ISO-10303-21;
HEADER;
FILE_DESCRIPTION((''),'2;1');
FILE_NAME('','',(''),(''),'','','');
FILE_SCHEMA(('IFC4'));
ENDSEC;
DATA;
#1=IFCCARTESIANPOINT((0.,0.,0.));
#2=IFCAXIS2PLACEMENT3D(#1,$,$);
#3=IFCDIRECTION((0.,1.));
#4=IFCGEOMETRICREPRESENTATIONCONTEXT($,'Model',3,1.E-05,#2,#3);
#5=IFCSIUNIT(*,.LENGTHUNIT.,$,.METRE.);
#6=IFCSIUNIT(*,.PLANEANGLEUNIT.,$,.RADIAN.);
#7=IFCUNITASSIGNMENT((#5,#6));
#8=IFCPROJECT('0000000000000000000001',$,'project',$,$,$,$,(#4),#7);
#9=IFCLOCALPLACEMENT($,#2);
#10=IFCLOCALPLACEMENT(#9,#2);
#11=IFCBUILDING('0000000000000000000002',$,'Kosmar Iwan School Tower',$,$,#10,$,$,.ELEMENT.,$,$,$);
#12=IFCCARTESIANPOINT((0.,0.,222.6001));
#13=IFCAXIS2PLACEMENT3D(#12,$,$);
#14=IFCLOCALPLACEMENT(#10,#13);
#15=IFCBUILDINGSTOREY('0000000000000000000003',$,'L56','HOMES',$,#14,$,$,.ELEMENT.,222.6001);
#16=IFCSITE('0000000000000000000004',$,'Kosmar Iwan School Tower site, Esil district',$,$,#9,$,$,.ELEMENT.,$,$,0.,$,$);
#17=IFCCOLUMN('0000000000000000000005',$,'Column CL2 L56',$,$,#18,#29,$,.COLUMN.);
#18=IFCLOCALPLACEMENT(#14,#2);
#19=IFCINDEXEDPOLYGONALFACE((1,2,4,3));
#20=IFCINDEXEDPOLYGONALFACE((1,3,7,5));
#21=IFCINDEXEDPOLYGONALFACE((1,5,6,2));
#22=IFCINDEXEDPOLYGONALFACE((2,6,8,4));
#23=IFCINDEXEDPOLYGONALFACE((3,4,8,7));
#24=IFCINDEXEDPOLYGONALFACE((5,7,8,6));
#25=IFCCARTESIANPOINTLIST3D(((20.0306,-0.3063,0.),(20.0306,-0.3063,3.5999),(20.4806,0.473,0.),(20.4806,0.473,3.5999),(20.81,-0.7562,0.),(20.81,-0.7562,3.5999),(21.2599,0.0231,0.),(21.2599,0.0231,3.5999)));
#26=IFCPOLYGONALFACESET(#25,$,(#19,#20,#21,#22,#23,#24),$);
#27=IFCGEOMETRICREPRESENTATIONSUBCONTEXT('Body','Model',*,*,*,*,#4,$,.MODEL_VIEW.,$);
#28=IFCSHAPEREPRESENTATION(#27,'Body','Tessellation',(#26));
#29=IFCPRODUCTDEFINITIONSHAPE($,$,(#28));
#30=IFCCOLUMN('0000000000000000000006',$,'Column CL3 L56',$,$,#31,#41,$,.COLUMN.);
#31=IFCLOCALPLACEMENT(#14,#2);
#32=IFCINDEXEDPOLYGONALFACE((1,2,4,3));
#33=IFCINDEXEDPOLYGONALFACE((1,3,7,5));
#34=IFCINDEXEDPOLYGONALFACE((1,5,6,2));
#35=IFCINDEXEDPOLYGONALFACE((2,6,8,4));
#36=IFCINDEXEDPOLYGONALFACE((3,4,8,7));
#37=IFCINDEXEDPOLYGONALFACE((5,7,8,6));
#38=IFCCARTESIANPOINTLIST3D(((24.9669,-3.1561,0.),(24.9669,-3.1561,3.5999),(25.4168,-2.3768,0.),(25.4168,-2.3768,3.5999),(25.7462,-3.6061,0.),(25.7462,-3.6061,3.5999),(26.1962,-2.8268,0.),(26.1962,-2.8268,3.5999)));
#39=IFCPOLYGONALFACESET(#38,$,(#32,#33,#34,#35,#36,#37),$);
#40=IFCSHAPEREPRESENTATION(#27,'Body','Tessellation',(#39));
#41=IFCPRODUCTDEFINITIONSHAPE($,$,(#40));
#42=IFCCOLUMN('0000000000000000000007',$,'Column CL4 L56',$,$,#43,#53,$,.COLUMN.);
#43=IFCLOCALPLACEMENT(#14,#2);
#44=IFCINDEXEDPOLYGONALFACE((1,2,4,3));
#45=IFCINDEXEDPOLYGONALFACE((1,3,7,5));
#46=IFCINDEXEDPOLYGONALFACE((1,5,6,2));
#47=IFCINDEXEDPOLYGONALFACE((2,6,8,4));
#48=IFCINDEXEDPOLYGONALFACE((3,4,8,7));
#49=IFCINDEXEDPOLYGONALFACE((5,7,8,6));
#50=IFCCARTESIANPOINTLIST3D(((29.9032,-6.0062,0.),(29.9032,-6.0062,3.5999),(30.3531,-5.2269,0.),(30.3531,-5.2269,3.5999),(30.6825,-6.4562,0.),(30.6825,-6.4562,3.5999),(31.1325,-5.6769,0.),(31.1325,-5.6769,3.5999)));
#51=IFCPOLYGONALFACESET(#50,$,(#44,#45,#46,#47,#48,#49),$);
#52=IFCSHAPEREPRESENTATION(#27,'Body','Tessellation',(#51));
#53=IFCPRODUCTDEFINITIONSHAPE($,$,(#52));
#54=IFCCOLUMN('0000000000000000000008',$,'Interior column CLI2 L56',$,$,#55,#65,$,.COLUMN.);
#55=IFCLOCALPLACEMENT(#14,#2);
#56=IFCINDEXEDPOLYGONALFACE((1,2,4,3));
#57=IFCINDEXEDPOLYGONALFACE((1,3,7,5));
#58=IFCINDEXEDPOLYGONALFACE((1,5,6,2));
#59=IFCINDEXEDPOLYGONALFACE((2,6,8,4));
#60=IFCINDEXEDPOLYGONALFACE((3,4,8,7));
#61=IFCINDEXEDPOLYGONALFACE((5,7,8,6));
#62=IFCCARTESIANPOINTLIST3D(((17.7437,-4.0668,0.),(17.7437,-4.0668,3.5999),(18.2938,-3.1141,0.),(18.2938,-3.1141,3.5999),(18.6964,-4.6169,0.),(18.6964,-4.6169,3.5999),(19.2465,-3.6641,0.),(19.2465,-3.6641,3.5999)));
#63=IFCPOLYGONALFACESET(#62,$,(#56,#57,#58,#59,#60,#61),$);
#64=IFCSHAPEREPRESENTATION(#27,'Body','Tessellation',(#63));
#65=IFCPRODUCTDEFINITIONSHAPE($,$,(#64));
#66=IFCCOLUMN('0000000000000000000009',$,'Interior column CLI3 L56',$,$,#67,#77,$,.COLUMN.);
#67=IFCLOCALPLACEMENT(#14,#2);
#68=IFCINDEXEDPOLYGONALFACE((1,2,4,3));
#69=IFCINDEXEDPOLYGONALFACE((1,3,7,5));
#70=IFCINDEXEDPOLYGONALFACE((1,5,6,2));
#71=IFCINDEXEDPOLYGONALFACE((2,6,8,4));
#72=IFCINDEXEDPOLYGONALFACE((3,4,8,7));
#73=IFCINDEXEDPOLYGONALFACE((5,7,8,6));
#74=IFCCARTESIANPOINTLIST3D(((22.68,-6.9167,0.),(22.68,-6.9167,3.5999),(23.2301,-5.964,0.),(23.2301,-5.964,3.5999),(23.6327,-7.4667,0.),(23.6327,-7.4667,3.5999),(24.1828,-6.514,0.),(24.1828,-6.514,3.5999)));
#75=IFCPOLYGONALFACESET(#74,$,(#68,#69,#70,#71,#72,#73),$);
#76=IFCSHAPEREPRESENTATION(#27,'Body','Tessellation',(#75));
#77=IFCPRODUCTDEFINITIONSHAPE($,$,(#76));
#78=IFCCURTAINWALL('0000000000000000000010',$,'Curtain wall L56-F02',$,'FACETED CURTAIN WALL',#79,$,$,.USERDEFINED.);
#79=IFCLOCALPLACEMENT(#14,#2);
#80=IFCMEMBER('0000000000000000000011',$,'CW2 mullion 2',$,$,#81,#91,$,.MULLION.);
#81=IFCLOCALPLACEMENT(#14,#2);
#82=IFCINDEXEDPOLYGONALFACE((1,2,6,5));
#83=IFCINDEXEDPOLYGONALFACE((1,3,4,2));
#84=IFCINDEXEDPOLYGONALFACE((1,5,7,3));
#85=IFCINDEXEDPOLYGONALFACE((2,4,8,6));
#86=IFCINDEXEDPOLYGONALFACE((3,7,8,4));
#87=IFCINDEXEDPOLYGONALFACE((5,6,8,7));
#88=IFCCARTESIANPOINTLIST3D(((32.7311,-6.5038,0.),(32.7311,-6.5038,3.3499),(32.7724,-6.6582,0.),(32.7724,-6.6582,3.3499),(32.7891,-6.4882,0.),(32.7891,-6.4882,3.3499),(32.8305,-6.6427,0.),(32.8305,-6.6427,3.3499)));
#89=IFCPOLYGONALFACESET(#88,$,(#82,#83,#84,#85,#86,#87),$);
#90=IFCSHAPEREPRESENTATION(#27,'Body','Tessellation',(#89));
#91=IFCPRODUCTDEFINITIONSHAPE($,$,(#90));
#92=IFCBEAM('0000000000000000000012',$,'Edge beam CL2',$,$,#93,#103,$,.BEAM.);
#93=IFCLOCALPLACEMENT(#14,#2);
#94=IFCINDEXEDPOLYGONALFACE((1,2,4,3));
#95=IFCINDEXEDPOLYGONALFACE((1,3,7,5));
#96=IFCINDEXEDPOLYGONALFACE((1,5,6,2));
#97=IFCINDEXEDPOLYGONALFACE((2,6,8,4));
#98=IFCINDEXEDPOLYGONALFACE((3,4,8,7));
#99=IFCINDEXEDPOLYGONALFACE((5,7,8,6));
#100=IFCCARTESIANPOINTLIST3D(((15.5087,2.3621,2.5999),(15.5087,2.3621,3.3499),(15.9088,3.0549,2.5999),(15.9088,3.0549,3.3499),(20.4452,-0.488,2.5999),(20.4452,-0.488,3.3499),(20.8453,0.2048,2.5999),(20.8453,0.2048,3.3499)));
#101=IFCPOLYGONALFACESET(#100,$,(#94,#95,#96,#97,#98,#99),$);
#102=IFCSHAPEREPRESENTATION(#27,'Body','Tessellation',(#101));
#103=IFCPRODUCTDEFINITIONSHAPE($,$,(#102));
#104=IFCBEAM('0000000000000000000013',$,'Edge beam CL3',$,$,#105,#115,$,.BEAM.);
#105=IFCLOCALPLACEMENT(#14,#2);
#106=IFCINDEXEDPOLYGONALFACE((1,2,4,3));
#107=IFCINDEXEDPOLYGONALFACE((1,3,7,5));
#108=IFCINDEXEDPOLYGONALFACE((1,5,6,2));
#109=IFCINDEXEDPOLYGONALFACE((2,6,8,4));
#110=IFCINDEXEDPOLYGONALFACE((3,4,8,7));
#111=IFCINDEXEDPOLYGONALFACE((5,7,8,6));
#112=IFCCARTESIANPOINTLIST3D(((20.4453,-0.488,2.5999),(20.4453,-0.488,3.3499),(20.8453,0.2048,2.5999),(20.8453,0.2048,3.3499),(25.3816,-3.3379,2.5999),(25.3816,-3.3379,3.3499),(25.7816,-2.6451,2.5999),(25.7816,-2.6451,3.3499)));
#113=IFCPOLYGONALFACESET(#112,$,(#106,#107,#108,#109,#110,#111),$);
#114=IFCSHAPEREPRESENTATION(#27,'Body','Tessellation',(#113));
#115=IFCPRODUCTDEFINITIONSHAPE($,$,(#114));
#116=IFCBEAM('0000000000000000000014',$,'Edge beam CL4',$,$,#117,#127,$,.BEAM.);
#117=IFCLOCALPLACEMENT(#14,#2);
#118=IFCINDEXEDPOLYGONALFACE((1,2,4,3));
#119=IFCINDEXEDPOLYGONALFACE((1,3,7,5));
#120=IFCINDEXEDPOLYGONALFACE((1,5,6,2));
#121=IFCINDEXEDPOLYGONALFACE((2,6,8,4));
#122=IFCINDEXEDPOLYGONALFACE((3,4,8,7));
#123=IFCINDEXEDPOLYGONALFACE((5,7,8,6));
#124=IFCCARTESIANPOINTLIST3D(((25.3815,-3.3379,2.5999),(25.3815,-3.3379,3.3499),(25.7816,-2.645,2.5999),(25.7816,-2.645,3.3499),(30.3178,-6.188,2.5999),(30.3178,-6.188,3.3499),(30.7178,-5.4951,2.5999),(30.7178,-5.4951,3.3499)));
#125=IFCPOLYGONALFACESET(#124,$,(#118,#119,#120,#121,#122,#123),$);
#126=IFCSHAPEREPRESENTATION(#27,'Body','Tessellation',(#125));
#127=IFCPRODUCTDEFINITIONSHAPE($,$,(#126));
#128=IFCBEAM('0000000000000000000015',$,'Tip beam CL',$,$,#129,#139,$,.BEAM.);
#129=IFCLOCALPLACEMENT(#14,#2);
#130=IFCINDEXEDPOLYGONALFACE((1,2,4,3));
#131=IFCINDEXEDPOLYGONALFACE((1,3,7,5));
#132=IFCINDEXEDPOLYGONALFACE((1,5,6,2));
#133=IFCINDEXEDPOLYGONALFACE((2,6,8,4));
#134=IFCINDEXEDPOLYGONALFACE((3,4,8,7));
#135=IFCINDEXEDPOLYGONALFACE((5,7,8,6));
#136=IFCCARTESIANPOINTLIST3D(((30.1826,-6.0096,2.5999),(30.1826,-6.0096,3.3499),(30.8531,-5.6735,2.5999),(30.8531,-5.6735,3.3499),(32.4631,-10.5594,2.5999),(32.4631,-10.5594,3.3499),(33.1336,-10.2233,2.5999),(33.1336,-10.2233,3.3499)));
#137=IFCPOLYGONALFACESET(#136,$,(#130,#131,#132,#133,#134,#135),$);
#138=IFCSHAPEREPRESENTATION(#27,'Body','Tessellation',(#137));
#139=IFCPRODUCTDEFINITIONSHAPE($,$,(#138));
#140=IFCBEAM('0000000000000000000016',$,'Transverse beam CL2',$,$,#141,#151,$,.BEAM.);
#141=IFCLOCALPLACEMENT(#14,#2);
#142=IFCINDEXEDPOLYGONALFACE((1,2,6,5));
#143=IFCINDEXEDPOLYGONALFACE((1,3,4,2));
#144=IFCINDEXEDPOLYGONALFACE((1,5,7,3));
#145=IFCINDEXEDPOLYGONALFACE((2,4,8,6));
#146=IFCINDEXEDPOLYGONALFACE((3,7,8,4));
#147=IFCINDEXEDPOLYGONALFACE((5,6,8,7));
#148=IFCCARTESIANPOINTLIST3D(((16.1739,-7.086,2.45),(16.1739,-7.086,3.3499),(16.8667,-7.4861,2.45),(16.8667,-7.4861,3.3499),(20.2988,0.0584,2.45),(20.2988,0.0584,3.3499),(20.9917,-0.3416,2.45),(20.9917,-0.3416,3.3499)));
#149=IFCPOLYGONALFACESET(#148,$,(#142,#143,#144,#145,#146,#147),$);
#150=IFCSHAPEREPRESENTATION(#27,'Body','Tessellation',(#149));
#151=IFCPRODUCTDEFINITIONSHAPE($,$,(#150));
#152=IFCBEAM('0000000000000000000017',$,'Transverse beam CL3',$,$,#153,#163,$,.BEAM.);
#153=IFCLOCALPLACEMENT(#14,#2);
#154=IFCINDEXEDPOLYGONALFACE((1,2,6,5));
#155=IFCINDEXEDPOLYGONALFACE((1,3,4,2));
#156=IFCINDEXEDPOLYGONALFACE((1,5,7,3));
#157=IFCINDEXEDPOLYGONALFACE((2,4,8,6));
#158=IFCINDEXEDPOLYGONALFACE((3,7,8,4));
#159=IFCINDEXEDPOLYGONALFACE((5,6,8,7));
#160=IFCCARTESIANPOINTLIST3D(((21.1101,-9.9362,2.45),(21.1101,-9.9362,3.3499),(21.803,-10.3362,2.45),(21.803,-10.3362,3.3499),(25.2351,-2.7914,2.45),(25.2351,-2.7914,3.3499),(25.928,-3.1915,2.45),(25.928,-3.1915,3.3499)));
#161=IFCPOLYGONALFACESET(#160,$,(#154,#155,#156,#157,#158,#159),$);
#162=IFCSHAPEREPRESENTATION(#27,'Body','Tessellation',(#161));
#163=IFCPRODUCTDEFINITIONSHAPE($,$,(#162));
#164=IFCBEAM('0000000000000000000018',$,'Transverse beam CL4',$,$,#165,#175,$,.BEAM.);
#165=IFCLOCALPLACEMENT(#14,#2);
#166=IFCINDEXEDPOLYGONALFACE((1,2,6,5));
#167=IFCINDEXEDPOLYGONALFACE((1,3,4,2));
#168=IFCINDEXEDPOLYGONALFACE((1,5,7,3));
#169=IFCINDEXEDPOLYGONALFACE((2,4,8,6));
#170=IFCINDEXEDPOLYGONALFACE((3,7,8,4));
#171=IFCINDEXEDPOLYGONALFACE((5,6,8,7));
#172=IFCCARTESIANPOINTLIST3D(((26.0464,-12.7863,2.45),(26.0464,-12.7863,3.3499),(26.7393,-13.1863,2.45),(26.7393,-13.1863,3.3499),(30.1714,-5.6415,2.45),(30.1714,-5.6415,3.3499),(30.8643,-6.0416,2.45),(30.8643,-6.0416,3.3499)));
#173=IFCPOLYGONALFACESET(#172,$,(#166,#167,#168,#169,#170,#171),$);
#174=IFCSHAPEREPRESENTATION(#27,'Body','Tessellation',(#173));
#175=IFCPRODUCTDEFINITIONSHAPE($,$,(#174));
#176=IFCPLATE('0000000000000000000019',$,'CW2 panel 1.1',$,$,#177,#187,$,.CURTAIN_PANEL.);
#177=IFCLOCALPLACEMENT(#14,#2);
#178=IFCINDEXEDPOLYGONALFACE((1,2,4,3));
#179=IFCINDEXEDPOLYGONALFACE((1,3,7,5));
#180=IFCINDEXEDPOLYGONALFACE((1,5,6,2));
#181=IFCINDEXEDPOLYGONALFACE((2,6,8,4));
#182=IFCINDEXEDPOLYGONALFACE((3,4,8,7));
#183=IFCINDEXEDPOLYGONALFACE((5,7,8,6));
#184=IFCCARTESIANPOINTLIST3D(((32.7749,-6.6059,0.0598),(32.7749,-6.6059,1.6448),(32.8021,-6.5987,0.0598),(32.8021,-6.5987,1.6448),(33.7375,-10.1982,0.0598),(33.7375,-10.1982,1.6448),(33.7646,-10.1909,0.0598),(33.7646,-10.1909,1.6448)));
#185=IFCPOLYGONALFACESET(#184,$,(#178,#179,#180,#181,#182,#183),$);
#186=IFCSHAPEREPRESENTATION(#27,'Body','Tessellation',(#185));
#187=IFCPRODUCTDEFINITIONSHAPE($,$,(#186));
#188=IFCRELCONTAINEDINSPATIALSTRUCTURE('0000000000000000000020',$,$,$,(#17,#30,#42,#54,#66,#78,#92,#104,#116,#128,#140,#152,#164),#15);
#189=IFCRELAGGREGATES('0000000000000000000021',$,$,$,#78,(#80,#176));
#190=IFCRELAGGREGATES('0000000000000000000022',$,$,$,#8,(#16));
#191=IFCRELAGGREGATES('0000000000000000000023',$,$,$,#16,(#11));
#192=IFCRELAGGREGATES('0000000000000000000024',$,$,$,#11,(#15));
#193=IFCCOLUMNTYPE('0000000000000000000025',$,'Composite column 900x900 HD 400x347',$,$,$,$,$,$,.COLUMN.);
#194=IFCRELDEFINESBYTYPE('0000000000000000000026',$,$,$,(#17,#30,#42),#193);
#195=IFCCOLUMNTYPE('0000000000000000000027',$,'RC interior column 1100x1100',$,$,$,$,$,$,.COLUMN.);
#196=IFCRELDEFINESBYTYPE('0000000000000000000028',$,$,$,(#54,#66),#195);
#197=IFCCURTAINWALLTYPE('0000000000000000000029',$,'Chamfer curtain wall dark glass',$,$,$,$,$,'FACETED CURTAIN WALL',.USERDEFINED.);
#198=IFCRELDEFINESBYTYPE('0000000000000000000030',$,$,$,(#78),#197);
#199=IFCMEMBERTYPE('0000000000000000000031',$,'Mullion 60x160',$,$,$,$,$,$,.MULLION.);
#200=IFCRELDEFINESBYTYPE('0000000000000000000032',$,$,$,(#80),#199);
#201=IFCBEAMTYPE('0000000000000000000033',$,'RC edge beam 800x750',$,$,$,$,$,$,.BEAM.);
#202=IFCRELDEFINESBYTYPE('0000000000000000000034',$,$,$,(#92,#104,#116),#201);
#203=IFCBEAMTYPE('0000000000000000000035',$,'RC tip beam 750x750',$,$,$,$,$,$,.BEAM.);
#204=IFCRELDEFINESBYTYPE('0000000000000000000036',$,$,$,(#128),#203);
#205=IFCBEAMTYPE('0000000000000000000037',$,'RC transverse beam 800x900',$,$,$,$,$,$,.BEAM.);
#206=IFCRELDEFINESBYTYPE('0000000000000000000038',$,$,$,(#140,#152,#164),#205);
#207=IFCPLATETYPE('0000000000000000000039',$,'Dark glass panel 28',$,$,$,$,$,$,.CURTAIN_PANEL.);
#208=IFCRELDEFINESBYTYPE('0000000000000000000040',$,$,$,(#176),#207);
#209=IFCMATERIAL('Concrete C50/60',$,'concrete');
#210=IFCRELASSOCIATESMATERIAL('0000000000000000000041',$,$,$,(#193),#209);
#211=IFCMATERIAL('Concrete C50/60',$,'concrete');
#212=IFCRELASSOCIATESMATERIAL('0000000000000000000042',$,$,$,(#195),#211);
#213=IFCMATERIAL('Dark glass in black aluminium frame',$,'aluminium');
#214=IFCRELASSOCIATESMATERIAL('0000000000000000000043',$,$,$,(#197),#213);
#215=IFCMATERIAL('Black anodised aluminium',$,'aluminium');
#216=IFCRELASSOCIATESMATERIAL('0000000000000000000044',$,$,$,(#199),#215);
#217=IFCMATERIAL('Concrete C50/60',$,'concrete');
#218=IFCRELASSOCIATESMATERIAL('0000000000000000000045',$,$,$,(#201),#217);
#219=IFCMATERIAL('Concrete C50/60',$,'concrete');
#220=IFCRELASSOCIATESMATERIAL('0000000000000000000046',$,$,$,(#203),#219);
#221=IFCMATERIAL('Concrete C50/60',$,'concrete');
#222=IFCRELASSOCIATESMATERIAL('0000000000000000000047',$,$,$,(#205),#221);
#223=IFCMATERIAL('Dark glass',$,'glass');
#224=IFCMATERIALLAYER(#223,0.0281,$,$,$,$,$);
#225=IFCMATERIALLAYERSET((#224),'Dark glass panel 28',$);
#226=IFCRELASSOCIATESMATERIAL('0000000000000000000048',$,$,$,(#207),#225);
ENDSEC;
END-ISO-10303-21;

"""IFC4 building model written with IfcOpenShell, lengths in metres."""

from ifc_helpers import new_model, si_unit, direction, frame, origin, origin_2d, place, context, subcontext, project, spatial, rectangle, extrude, material, layer, layer_set, material_profile, profile_set, type_object, element, aggregate, save


model = new_model("IFC4")

# Units and contexts
model_context = context("Model", 3, precision=1e-05, world=origin(), true_north=direction((0.0, 1.0)))
body_context = subcontext(model_context, "Body", "Model", "MODEL_VIEW")
ifc_project = project(units=[si_unit("LENGTHUNIT", "METRE"), si_unit("PLANEANGLEUNIT", "RADIAN")], contexts=[model_context])

# Site, building, storey
site_placement = place(None, origin())
site = spatial("IfcSite", under=ifc_project, at=site_placement, Name="Kosmar Iwan School Tower site, Esil district", CompositionType="ELEMENT", RefElevation=0.0)
building_placement = place(site_placement, origin())
building = spatial("IfcBuilding", under=site, at=building_placement, Name="Kosmar Iwan School Tower", CompositionType="ELEMENT")
storey_placement = place(building_placement, frame((0.0, 0.0, 222.6001)))
storey = spatial("IfcBuildingStorey", under=building, at=storey_placement, Name="L56", Description="HOMES", CompositionType="ELEMENT", Elevation=222.6001)

# Columns
ifc_material_1 = material(Name="Concrete C50/60", Category="concrete")
ifc_material_profile_1 = material_profile(ifc_material_1, rectangle(XDim=0.8999, YDim=0.8999, at=origin_2d()), Name="RC 900x900 + HD 400x347")
ifc_profile_set_1 = profile_set([ifc_material_profile_1], Name="Concrete C50/60")
column_type_1 = type_object("IfcColumnType", Name="Composite column 900x900 HD 400x347", PredefinedType="COLUMN", material=ifc_profile_set_1)
for number, where, z_axis, x_axis, name in (
    (1, (20.6453, -0.1416, 0.0), (0.0, 0.0, 1.0), (0.866025, -0.5, 0.0), "Column CL2 L56"),
    (2, (25.5815, -2.9915, 0.0), (0.0, 0.0, 1.0), (0.866025, -0.5, 0.0), "Column CL3 L56"),
    (3, (30.5178, -5.8416, 0.0), (0.0, 0.0, 1.0), (0.866025, -0.5, 0.0), "Column CL4 L56"),
):
    element("IfcColumn", number, at=place(storey_placement, frame(where, z_axis=z_axis, x_axis=x_axis)), inside=storey, type_object=column_type_1, Name=name, PredefinedType="COLUMN", context=body_context, shape_type="SweptSolid", body=[
        extrude(rectangle(XDim=0.8999, YDim=0.8999, at=origin_2d()), origin(), (0.0, 0.0, 1.0), 3.5999),
    ])
ifc_material_2 = material(Name="Concrete C50/60", Category="concrete")
ifc_material_profile_2 = material_profile(ifc_material_2, rectangle(XDim=1.1001, YDim=1.1001, at=origin_2d()), Name="RC 1100x1100")
ifc_profile_set_2 = profile_set([ifc_material_profile_2], Name="Concrete C50/60")
column_type_2 = type_object("IfcColumnType", Name="RC interior column 1100x1100", PredefinedType="COLUMN", material=ifc_profile_set_2)
for number, where, z_axis, x_axis, name in (
    (4, (18.4951, -3.8655, 0.0), (0.0, 0.0, 1.0), (0.866025, -0.5, 0.0), "Interior column CLI2 L56"),
    (5, (23.4314, -6.7153, 0.0), (0.0, 0.0, 1.0), (0.866025, -0.5, 0.0), "Interior column CLI3 L56"),
):
    element("IfcColumn", number, at=place(storey_placement, frame(where, z_axis=z_axis, x_axis=x_axis)), inside=storey, type_object=column_type_2, Name=name, PredefinedType="COLUMN", context=body_context, shape_type="SweptSolid", body=[
        extrude(rectangle(XDim=1.1001, YDim=1.1001, at=origin_2d()), origin(), (0.0, 0.0, 1.0), 3.5999),
    ])

# Curtain wall, member
ifc_material_3 = material(Name="Dark glass in black aluminium frame", Category="aluminium")
curtain_wall_type = type_object("IfcCurtainWallType", Name="Chamfer curtain wall dark glass", ElementType="FACETED CURTAIN WALL", PredefinedType="USERDEFINED", material=ifc_material_3)
curtain_wall_placement = place(storey_placement, origin())
curtain_wall = element("IfcCurtainWall", 6, at=curtain_wall_placement, inside=storey, type_object=curtain_wall_type, Name="Curtain wall L56-F02", ObjectType="FACETED CURTAIN WALL", PredefinedType="USERDEFINED")
ifc_material_4 = material(Name="Black anodised aluminium", Category="aluminium")
ifc_material_profile_3 = material_profile(ifc_material_4, rectangle(XDim=0.0601, YDim=0.1599, at=origin_2d()), Name="MULLION 60x160")
ifc_profile_set_3 = profile_set([ifc_material_profile_3], Name="Black anodised aluminium")
member_type = type_object("IfcMemberType", Name="Mullion 60x160", PredefinedType="MULLION", material=ifc_profile_set_3)
member_placement = place(storey_placement, frame((32.7808, -6.5732, 0.0), z_axis=(0.0, 0.0, 1.0), x_axis=(-0.965926, -0.258819, 0.0)))
member = element("IfcMember", 7, at=member_placement, type_object=member_type, Name="CW2 mullion 2", PredefinedType="MULLION", context=body_context, shape_type="SweptSolid", body=[
    extrude(rectangle(XDim=0.0601, YDim=0.1599, at=origin_2d()), origin(), (0.0, 0.0, 1.0), 3.3499),
])

# Beams
ifc_material_5 = material(Name="Concrete C50/60", Category="concrete")
ifc_material_profile_4 = material_profile(ifc_material_5, rectangle(XDim=0.8, YDim=0.75, at=origin_2d()), Name="RC 800x750")
ifc_profile_set_4 = profile_set([ifc_material_profile_4], Name="Concrete C50/60")
beam_type_1 = type_object("IfcBeamType", Name="RC edge beam 800x750", PredefinedType="BEAM", material=ifc_profile_set_4)
beam_1_placement = place(storey_placement, frame((15.7087, 2.7085, 2.9749), z_axis=(0.866026, -0.499999, 0.0), x_axis=(0.499999, 0.866026, 0.0)))
element("IfcBeam", 8, at=beam_1_placement, inside=storey, type_object=beam_type_1, Name="Edge beam CL2", PredefinedType="BEAM", context=body_context, shape_type="SweptSolid", body=[
    extrude(rectangle(XDim=0.8, YDim=0.75, at=origin_2d()), origin(), (0.0, 0.0, 1.0), 5.7002),
])
for number, where, z_axis, x_axis, name in (
    (9, (20.6453, -0.1416, 2.9749), (0.866034, -0.499986, 0.0), (0.499986, 0.866034, 0.0), "Edge beam CL3"),
    (10, (25.5815, -2.9915, 2.9749), (0.866015, -0.500018, 0.0), (0.500018, 0.866015, 0.0), "Edge beam CL4"),
):
    element("IfcBeam", number, at=place(storey_placement, frame(where, z_axis=z_axis, x_axis=x_axis)), inside=storey, type_object=beam_type_1, Name=name, PredefinedType="BEAM", context=body_context, shape_type="SweptSolid", body=[
        extrude(rectangle(XDim=0.8, YDim=0.75, at=origin_2d()), origin(), (0.0, 0.0, 1.0), 5.7),
    ])
ifc_material_6 = material(Name="Concrete C50/60", Category="concrete")
ifc_material_profile_5 = material_profile(ifc_material_6, rectangle(XDim=0.75, YDim=0.75, at=origin_2d()), Name="RC 750x750")
ifc_profile_set_5 = profile_set([ifc_material_profile_5], Name="Concrete C50/60")
beam_type_2 = type_object("IfcBeamType", Name="RC tip beam 750x750", PredefinedType="BEAM", material=ifc_profile_set_5)
beam_2_placement = place(storey_placement, frame((30.5178, -5.8416, 2.9749), z_axis=(0.448096, -0.893985, 0.0), x_axis=(0.893985, 0.448096, 0.0)))
element("IfcBeam", 11, at=beam_2_placement, inside=storey, type_object=beam_type_2, Name="Tip beam CL", PredefinedType="BEAM", context=body_context, shape_type="SweptSolid", body=[
    extrude(rectangle(XDim=0.75, YDim=0.75, at=origin_2d()), origin(), (0.0, 0.0, 1.0), 5.0894),
])
ifc_material_7 = material(Name="Concrete C50/60", Category="concrete")
ifc_material_profile_6 = material_profile(ifc_material_7, rectangle(XDim=0.8, YDim=0.8999, at=origin_2d()), Name="RC 800x900")
ifc_profile_set_6 = profile_set([ifc_material_profile_6], Name="Concrete C50/60")
beam_type_3 = type_object("IfcBeamType", Name="RC transverse beam 800x900", PredefinedType="BEAM", material=ifc_profile_set_6)
beam_3_placement = place(storey_placement, frame((20.6453, -0.1416, 2.8999), z_axis=(-0.500009, -0.86602, 0.0), x_axis=(0.86602, -0.500009, 0.0)))
element("IfcBeam", 12, at=beam_3_placement, inside=storey, type_object=beam_type_3, Name="Transverse beam CL2", PredefinedType="BEAM", context=body_context, shape_type="SweptSolid", body=[
    extrude(rectangle(XDim=0.8, YDim=0.8999, at=origin_2d()), origin(), (0.0, 0.0, 1.0), 8.2498),
])
for number, where, z_axis, x_axis, name in (
    (13, (25.5815, -2.9915, 2.8999), (-0.499997, -0.866027, 0.0), (0.866027, -0.499997, 0.0), "Transverse beam CL3"),
    (14, (30.5178, -5.8416, 2.8999), (-0.499997, -0.866027, 0.0), (0.866027, -0.499997, 0.0), "Transverse beam CL4"),
):
    element("IfcBeam", number, at=place(storey_placement, frame(where, z_axis=z_axis, x_axis=x_axis)), inside=storey, type_object=beam_type_3, Name=name, PredefinedType="BEAM", context=body_context, shape_type="SweptSolid", body=[
        extrude(rectangle(XDim=0.8, YDim=0.8999, at=origin_2d()), origin(), (0.0, 0.0, 1.0), 8.25),
    ])

# Plate
ifc_material_8 = material(Name="Dark glass", Category="glass")
ifc_layer_1 = layer(ifc_material_8, 0.0281)
ifc_layer_set_1 = layer_set([ifc_layer_1], Name="Dark glass panel 28")
plate_type = type_object("IfcPlateType", Name="Dark glass panel 28", PredefinedType="CURTAIN_PANEL", material=ifc_layer_set_1)
plate_1_placement = place(storey_placement, frame((33.2698, -8.3984, 0.0598), z_axis=(0.0, 0.0, 1.0), x_axis=(-0.258819, 0.965926, 0.0)))
plate_1 = element("IfcPlate", 15, at=plate_1_placement, type_object=plate_type, Name="CW2 panel 1.1", PredefinedType="CURTAIN_PANEL", context=body_context, shape_type="SweptSolid", body=[
    extrude(rectangle(XDim=3.719, YDim=0.0281, at=origin_2d()), origin(), (0.0, 0.0, 1.0), 1.585),
])
aggregate(curtain_wall, [member, plate_1])

save(model, "model.ifc")
